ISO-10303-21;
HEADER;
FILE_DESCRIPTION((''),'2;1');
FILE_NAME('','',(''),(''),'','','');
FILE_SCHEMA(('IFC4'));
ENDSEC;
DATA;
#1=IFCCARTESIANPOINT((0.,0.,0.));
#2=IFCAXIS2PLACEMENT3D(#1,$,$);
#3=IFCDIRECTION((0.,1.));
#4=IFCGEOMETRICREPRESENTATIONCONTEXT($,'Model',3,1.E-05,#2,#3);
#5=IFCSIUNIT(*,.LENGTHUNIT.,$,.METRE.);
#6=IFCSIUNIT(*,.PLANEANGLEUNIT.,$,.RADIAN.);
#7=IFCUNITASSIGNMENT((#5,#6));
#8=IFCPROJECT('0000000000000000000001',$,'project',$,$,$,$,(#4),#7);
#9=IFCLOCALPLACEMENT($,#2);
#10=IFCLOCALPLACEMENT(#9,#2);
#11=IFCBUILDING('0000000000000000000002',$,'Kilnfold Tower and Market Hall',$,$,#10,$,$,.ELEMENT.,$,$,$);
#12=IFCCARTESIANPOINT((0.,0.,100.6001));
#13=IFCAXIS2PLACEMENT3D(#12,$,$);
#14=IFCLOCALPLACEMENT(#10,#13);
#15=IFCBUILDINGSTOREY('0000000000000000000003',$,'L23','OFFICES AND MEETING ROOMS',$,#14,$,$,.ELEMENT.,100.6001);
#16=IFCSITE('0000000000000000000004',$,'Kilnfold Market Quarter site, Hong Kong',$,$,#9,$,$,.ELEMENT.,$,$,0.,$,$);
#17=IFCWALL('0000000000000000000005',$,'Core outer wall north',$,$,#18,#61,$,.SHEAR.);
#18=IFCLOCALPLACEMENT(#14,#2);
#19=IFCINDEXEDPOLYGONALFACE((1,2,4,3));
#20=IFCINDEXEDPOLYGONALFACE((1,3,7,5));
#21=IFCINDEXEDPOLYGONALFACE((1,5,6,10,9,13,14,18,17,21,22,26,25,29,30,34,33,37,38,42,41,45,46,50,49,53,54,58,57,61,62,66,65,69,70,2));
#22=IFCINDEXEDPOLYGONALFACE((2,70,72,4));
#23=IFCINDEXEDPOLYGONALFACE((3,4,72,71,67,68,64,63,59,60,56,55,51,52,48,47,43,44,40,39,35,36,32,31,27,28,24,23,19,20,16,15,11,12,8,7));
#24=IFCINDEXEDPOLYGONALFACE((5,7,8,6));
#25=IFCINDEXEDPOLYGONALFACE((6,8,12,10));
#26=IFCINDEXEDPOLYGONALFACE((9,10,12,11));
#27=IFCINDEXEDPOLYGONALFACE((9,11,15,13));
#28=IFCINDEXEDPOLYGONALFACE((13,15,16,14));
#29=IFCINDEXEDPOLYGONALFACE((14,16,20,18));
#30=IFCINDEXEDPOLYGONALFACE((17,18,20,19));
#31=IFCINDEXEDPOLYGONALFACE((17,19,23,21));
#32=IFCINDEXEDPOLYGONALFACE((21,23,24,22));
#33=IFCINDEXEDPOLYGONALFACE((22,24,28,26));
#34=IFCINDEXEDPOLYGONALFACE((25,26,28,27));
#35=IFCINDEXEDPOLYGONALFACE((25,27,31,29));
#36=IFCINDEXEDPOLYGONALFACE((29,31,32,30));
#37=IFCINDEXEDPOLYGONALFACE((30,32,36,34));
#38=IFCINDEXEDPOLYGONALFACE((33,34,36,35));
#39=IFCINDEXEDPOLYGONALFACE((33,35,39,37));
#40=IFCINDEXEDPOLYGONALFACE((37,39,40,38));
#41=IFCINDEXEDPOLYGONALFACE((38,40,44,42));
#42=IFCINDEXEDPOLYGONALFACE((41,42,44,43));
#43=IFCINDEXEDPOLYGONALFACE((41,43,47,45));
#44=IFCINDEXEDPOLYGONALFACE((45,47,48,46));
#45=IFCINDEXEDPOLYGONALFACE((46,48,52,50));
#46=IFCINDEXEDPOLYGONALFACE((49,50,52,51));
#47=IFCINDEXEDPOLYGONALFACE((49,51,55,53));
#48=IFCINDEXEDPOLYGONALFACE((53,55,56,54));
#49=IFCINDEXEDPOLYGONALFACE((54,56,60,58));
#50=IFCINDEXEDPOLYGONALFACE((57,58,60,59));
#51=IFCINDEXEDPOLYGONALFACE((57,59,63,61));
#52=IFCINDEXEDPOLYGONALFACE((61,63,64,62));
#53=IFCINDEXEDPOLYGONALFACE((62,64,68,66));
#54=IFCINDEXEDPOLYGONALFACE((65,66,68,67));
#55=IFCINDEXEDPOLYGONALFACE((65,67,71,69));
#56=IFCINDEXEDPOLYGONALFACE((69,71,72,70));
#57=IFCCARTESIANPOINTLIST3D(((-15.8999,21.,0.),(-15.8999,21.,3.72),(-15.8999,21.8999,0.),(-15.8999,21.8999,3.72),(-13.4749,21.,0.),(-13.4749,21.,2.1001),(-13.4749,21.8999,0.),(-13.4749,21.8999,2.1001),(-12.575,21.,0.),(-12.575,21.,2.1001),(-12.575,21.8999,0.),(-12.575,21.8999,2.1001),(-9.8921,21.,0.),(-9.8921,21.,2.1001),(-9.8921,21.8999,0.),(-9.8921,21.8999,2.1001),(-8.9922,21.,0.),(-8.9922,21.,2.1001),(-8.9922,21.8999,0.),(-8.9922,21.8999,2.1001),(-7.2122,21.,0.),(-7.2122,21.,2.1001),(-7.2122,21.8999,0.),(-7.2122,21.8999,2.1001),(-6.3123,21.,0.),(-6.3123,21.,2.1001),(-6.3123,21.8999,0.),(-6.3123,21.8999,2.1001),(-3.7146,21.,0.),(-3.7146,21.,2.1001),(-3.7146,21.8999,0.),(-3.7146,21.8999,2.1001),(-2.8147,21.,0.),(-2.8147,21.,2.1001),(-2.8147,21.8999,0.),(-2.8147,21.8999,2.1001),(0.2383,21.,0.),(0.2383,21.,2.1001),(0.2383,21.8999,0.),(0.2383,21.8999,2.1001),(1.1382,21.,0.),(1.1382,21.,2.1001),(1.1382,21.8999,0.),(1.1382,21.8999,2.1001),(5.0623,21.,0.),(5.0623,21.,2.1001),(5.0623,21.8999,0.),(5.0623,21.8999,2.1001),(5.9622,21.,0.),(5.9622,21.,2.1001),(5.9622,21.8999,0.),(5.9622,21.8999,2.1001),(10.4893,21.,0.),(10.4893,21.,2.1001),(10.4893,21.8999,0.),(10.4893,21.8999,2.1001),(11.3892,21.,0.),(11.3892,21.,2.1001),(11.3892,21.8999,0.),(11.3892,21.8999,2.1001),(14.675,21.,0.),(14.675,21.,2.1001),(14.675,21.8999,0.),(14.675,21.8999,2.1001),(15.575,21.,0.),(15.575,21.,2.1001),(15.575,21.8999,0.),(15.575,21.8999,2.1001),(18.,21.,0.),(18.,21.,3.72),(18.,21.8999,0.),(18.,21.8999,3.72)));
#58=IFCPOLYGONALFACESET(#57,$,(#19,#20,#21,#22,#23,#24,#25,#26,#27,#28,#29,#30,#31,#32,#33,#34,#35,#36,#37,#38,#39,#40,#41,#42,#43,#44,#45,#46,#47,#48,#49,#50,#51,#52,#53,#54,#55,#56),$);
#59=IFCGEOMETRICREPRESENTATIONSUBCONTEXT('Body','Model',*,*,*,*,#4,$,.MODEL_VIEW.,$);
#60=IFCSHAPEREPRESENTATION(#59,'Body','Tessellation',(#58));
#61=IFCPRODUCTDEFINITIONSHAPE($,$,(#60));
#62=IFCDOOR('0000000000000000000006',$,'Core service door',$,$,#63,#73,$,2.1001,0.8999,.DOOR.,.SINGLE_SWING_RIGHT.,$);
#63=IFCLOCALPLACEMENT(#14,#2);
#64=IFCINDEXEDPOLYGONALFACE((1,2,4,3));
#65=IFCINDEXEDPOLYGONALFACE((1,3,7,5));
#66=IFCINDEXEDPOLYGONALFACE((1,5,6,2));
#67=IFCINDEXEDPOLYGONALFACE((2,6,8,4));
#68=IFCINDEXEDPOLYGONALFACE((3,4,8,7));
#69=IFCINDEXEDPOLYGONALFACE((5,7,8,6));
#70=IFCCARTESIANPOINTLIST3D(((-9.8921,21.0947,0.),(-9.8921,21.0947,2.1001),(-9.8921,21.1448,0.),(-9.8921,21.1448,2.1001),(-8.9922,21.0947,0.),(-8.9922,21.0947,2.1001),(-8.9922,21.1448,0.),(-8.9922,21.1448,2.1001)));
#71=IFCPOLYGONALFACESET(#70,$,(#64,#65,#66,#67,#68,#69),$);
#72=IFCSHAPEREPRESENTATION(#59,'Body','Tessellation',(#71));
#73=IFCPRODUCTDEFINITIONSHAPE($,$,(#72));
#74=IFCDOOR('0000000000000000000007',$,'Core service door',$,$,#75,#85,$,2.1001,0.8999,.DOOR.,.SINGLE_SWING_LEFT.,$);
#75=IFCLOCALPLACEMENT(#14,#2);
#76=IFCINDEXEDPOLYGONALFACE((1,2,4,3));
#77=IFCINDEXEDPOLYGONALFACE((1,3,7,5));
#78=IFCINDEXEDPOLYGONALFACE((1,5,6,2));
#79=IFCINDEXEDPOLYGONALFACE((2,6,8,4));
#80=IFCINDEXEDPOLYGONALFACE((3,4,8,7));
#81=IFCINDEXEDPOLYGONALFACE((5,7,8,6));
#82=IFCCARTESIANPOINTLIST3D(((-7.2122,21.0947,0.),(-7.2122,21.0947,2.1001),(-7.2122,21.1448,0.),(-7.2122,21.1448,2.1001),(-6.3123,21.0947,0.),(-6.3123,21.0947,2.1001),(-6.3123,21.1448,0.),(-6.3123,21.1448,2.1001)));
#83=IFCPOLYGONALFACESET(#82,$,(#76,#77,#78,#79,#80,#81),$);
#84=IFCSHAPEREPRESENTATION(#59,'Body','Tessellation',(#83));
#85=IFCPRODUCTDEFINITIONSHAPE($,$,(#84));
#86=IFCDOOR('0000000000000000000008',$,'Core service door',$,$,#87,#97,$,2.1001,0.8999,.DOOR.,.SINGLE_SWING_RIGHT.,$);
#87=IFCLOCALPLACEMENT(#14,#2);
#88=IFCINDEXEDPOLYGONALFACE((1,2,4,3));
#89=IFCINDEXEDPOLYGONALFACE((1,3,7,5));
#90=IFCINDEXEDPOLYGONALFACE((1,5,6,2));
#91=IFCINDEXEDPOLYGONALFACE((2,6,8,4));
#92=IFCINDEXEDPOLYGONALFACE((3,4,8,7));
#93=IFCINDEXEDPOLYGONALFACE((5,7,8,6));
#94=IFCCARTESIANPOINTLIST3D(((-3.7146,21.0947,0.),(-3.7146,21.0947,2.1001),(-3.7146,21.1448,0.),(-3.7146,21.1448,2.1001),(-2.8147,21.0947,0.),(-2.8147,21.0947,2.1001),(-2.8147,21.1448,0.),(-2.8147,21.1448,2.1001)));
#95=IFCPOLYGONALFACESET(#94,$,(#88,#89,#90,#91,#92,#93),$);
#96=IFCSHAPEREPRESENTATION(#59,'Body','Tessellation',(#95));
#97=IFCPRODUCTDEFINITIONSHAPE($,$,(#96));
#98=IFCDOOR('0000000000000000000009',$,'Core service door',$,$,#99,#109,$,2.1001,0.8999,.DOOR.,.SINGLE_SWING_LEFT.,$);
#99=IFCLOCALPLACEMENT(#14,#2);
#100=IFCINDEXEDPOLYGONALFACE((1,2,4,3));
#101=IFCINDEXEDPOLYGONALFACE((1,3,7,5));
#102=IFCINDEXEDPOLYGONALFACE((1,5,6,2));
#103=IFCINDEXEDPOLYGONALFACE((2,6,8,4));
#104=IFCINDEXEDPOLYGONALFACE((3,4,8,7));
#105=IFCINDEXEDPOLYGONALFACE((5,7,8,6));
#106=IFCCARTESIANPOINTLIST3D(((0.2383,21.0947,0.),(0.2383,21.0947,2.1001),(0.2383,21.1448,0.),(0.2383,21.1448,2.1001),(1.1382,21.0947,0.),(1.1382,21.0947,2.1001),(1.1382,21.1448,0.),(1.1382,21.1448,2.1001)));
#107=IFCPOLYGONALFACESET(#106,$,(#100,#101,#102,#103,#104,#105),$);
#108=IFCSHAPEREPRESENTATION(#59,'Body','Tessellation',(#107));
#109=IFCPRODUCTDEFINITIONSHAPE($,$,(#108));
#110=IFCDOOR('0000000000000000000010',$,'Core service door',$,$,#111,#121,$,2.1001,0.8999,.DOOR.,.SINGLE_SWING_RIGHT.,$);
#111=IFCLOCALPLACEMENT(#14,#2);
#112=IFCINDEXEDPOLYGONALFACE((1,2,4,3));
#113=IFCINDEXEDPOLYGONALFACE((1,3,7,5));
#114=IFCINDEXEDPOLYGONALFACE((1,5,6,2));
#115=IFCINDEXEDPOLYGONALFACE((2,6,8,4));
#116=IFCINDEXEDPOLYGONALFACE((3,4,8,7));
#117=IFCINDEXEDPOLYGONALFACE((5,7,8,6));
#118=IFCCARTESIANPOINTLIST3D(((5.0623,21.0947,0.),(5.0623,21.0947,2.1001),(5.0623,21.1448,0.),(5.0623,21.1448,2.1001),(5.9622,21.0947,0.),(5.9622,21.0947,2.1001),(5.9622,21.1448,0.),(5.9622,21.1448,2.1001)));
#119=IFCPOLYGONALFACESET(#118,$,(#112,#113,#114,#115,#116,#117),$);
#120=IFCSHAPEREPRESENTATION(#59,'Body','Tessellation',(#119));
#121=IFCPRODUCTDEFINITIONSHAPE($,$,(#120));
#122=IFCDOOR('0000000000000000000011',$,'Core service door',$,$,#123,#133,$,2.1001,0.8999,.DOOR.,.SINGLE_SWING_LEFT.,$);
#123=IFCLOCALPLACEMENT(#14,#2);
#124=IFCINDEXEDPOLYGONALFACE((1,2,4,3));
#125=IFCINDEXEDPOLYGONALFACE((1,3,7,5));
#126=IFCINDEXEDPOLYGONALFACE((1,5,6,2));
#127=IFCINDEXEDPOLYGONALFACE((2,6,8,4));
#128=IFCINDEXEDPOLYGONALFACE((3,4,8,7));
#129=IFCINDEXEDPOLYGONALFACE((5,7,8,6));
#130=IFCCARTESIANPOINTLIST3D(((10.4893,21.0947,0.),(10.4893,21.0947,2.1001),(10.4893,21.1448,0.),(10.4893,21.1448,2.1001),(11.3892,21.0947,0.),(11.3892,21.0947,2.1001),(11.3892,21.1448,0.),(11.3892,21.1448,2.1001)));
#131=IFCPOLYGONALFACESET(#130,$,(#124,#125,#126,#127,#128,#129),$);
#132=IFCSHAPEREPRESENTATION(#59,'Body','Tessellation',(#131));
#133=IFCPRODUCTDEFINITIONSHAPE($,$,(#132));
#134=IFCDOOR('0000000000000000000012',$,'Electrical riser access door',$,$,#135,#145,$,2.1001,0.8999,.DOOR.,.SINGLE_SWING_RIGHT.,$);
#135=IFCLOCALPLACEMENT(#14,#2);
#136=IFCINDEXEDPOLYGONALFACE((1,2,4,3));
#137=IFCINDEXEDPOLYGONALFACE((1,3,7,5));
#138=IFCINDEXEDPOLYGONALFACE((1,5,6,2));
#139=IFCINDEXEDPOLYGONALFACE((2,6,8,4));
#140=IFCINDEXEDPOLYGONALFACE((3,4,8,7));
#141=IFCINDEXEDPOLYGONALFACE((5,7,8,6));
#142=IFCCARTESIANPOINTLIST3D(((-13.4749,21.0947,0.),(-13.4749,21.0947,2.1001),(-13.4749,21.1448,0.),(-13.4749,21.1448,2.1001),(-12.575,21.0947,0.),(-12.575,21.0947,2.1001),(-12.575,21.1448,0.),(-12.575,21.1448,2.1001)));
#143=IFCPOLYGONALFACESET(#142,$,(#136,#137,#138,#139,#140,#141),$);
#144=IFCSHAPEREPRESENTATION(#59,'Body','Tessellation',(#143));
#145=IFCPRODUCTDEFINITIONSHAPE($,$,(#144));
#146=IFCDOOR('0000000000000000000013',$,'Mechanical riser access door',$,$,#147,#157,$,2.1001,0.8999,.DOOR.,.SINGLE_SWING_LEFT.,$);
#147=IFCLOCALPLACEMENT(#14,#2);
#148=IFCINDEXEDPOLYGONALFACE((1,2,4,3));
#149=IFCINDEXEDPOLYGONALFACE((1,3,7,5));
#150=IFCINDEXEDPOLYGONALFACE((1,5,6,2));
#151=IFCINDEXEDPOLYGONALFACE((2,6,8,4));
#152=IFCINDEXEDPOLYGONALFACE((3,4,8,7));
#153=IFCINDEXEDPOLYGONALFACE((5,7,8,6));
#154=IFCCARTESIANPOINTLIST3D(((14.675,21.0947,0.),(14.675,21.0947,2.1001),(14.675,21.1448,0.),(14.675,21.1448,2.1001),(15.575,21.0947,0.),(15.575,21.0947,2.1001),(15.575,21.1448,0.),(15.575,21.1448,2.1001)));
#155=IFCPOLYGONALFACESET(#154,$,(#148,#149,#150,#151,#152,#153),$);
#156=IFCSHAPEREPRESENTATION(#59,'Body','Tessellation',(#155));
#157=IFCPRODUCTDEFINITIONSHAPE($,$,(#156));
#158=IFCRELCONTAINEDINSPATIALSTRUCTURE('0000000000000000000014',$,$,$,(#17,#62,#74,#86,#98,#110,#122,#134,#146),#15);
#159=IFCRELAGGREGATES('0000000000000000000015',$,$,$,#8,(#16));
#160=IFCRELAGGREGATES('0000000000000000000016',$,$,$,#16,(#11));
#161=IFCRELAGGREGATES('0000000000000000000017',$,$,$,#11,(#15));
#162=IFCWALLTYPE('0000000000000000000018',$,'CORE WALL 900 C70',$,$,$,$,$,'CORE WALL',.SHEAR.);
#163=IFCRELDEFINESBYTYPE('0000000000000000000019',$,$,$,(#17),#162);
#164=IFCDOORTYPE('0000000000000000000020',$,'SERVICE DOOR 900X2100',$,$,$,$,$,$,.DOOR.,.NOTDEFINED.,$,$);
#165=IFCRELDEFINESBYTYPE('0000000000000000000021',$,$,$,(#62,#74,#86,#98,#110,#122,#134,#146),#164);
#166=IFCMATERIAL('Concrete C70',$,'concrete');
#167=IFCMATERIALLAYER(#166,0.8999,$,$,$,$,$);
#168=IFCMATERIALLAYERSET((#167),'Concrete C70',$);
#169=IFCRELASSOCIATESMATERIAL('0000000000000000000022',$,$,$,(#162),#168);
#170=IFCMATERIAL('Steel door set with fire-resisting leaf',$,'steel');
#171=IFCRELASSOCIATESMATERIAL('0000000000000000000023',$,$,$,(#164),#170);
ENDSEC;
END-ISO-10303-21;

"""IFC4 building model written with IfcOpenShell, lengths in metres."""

from ifc_helpers import new_model, si_unit, direction, frame, frame_2d, origin, place, context, subcontext, project, spatial, rectangle, extrude, source, transform, mapped, material, layer, layer_set, type_object, element, fill, save


model = new_model("IFC4")

# Units and contexts
model_context = context("Model", 3, precision=1e-05, world=origin(), true_north=direction((0.0, 1.0)))
body_context = subcontext(model_context, "Body", "Model", "MODEL_VIEW")
ifc_project = project(units=[si_unit("LENGTHUNIT", "METRE"), si_unit("PLANEANGLEUNIT", "RADIAN")], contexts=[model_context])

# Site, building, storey
site_placement = place(None, origin())
site = spatial("IfcSite", under=ifc_project, at=site_placement, Name="Kilnfold Market Quarter site, Hong Kong", CompositionType="ELEMENT", RefElevation=0.0)
building_placement = place(site_placement, origin())
building = spatial("IfcBuilding", under=site, at=building_placement, Name="Kilnfold Tower and Market Hall", CompositionType="ELEMENT")
storey_placement = place(building_placement, frame((0.0, 0.0, 100.6001)))
storey = spatial("IfcBuildingStorey", under=building, at=storey_placement, Name="L23", Description="OFFICES AND MEETING ROOMS", CompositionType="ELEMENT", Elevation=100.6001)

# Wall, openings, doors
ifc_material_1 = material(Name="Concrete C70", Category="concrete")
ifc_layer_1 = layer(ifc_material_1, 0.8999)
ifc_layer_set_1 = layer_set([ifc_layer_1], Name="Concrete C70")
wall_type_1 = type_object("IfcWallType", Name="CORE WALL 900 C70", ElementType="CORE WALL", PredefinedType="SHEAR", material=ifc_layer_set_1)
shared_shape_1 = source(origin(), body_context, "Body", "SweptSolid", [
    extrude(rectangle(XDim=33.8999, YDim=0.8999, at=frame_2d((16.95, 0.0))), origin(), (0.0, 0.0, 1.0), 3.72),
])
wall_1_placement = place(storey_placement, frame((-15.8999, 21.45, 0.0), z_axis=(0.0, 0.0, 1.0), x_axis=(1.0, 0.0, 0.0)))
wall_1 = element("IfcWall", 1, at=wall_1_placement, inside=storey, type_object=wall_type_1, Name="Core outer wall north", PredefinedType="SHEAR", context=body_context, shape_type="MappedRepresentation", body=[
    mapped(shared_shape_1, transform((0.0, 0.0, 0.0))),
])
opening_1_placement = place(wall_1_placement, frame((6.0078, 0.0, 0.0)))
opening_1 = element("IfcOpeningElement", 2, at=opening_1_placement, cuts=wall_1, PredefinedType="OPENING", context=body_context, shape_type="SweptSolid", body=[
    extrude(rectangle(XDim=0.8999, YDim=2.1001, at=frame_2d((0.45, 1.05))), frame((0.0, 0.46, 0.0), z_axis=(0.0, -1.0, 0.0), x_axis=(1.0, 0.0, 0.0)), (0.0, 0.0, 1.0), 0.9199),
])
opening_2_placement = place(wall_1_placement, frame((8.6877, 0.0, 0.0)))
opening_2 = element("IfcOpeningElement", 3, at=opening_2_placement, cuts=wall_1, PredefinedType="OPENING", context=body_context, shape_type="SweptSolid", body=[
    extrude(rectangle(XDim=0.8999, YDim=2.1001, at=frame_2d((0.45, 1.05))), frame((0.0, 0.46, 0.0), z_axis=(0.0, -1.0, 0.0), x_axis=(1.0, 0.0, 0.0)), (0.0, 0.0, 1.0), 0.9199),
])
opening_3_placement = place(wall_1_placement, frame((12.1853, 0.0, 0.0)))
opening_3 = element("IfcOpeningElement", 4, at=opening_3_placement, cuts=wall_1, PredefinedType="OPENING", context=body_context, shape_type="SweptSolid", body=[
    extrude(rectangle(XDim=0.8999, YDim=2.1001, at=frame_2d((0.45, 1.05))), frame((0.0, 0.46, 0.0), z_axis=(0.0, -1.0, 0.0), x_axis=(1.0, 0.0, 0.0)), (0.0, 0.0, 1.0), 0.9199),
])
opening_4_placement = place(wall_1_placement, frame((16.1382, 0.0, 0.0)))
opening_4 = element("IfcOpeningElement", 5, at=opening_4_placement, cuts=wall_1, PredefinedType="OPENING", context=body_context, shape_type="SweptSolid", body=[
    extrude(rectangle(XDim=0.8999, YDim=2.1001, at=frame_2d((0.45, 1.05))), frame((0.0, 0.46, 0.0), z_axis=(0.0, -1.0, 0.0), x_axis=(1.0, 0.0, 0.0)), (0.0, 0.0, 1.0), 0.9199),
])
opening_5_placement = place(wall_1_placement, frame((20.9622, 0.0, 0.0)))
opening_5 = element("IfcOpeningElement", 6, at=opening_5_placement, cuts=wall_1, PredefinedType="OPENING", context=body_context, shape_type="SweptSolid", body=[
    extrude(rectangle(XDim=0.8999, YDim=2.1001, at=frame_2d((0.45, 1.05))), frame((0.0, 0.46, 0.0), z_axis=(0.0, -1.0, 0.0), x_axis=(1.0, 0.0, 0.0)), (0.0, 0.0, 1.0), 0.9199),
])
opening_6_placement = place(wall_1_placement, frame((26.3892, 0.0, 0.0)))
opening_6 = element("IfcOpeningElement", 7, at=opening_6_placement, cuts=wall_1, PredefinedType="OPENING", context=body_context, shape_type="SweptSolid", body=[
    extrude(rectangle(XDim=0.8999, YDim=2.1001, at=frame_2d((0.45, 1.05))), frame((0.0, 0.46, 0.0), z_axis=(0.0, -1.0, 0.0), x_axis=(1.0, 0.0, 0.0)), (0.0, 0.0, 1.0), 0.9199),
])
opening_7_placement = place(wall_1_placement, frame((2.425, 0.0, 0.0)))
opening_7 = element("IfcOpeningElement", 8, at=opening_7_placement, cuts=wall_1, PredefinedType="OPENING", context=body_context, shape_type="SweptSolid", body=[
    extrude(rectangle(XDim=0.8999, YDim=2.1001, at=frame_2d((0.45, 1.05))), frame((0.0, 0.46, 0.0), z_axis=(0.0, -1.0, 0.0), x_axis=(1.0, 0.0, 0.0)), (0.0, 0.0, 1.0), 0.9199),
])
opening_8_placement = place(wall_1_placement, frame((30.575, 0.0, 0.0)))
opening_8 = element("IfcOpeningElement", 9, at=opening_8_placement, cuts=wall_1, PredefinedType="OPENING", context=body_context, shape_type="SweptSolid", body=[
    extrude(rectangle(XDim=0.8999, YDim=2.1001, at=frame_2d((0.45, 1.05))), frame((0.0, 0.46, 0.0), z_axis=(0.0, -1.0, 0.0), x_axis=(1.0, 0.0, 0.0)), (0.0, 0.0, 1.0), 0.9199),
])
ifc_material_2 = material(Name="Steel door set with fire-resisting leaf", Category="steel")
door_type = type_object("IfcDoorType", Name="SERVICE DOOR 900X2100", OperationType="NOTDEFINED", PredefinedType="DOOR", material=ifc_material_2)
door_1_placement = place(opening_1_placement, origin())
door_1 = element("IfcDoor", 10, at=door_1_placement, inside=storey, type_object=door_type, Name="Core service door", OperationType="SINGLE_SWING_RIGHT", OverallHeight=2.1001, OverallWidth=0.8999, PredefinedType="DOOR", context=body_context, shape_type="SweptSolid", body=[
    extrude(rectangle(XDim=0.8999, YDim=2.1001, at=frame_2d((0.45, 1.05))), frame((0.0, -0.3052, 0.0), z_axis=(0.0, -1.0, 0.0), x_axis=(1.0, 0.0, 0.0)), (0.0, 0.0, 1.0), 0.05),
])
fill(opening_1, door_1)
door_2_placement = place(opening_2_placement, origin())
door_2 = element("IfcDoor", 11, at=door_2_placement, inside=storey, type_object=door_type, Name="Core service door", OperationType="SINGLE_SWING_LEFT", OverallHeight=2.1001, OverallWidth=0.8999, PredefinedType="DOOR", context=body_context, shape_type="SweptSolid", body=[
    extrude(rectangle(XDim=0.8999, YDim=2.1001, at=frame_2d((0.45, 1.05))), frame((0.0, -0.3052, 0.0), z_axis=(0.0, -1.0, 0.0), x_axis=(1.0, 0.0, 0.0)), (0.0, 0.0, 1.0), 0.05),
])
fill(opening_2, door_2)
door_3_placement = place(opening_3_placement, origin())
door_3 = element("IfcDoor", 12, at=door_3_placement, inside=storey, type_object=door_type, Name="Core service door", OperationType="SINGLE_SWING_RIGHT", OverallHeight=2.1001, OverallWidth=0.8999, PredefinedType="DOOR", context=body_context, shape_type="SweptSolid", body=[
    extrude(rectangle(XDim=0.8999, YDim=2.1001, at=frame_2d((0.45, 1.05))), frame((0.0, -0.3052, 0.0), z_axis=(0.0, -1.0, 0.0), x_axis=(1.0, 0.0, 0.0)), (0.0, 0.0, 1.0), 0.05),
])
fill(opening_3, door_3)
door_4_placement = place(opening_4_placement, origin())
door_4 = element("IfcDoor", 13, at=door_4_placement, inside=storey, type_object=door_type, Name="Core service door", OperationType="SINGLE_SWING_LEFT", OverallHeight=2.1001, OverallWidth=0.8999, PredefinedType="DOOR", context=body_context, shape_type="SweptSolid", body=[
    extrude(rectangle(XDim=0.8999, YDim=2.1001, at=frame_2d((0.45, 1.05))), frame((0.0, -0.3052, 0.0), z_axis=(0.0, -1.0, 0.0), x_axis=(1.0, 0.0, 0.0)), (0.0, 0.0, 1.0), 0.05),
])
fill(opening_4, door_4)
door_5_placement = place(opening_5_placement, origin())
door_5 = element("IfcDoor", 14, at=door_5_placement, inside=storey, type_object=door_type, Name="Core service door", OperationType="SINGLE_SWING_RIGHT", OverallHeight=2.1001, OverallWidth=0.8999, PredefinedType="DOOR", context=body_context, shape_type="SweptSolid", body=[
    extrude(rectangle(XDim=0.8999, YDim=2.1001, at=frame_2d((0.45, 1.05))), frame((0.0, -0.3052, 0.0), z_axis=(0.0, -1.0, 0.0), x_axis=(1.0, 0.0, 0.0)), (0.0, 0.0, 1.0), 0.05),
])
fill(opening_5, door_5)
door_6_placement = place(opening_6_placement, origin())
door_6 = element("IfcDoor", 15, at=door_6_placement, inside=storey, type_object=door_type, Name="Core service door", OperationType="SINGLE_SWING_LEFT", OverallHeight=2.1001, OverallWidth=0.8999, PredefinedType="DOOR", context=body_context, shape_type="SweptSolid", body=[
    extrude(rectangle(XDim=0.8999, YDim=2.1001, at=frame_2d((0.45, 1.05))), frame((0.0, -0.3052, 0.0), z_axis=(0.0, -1.0, 0.0), x_axis=(1.0, 0.0, 0.0)), (0.0, 0.0, 1.0), 0.05),
])
fill(opening_6, door_6)
door_7_placement = place(opening_7_placement, origin())
door_7 = element("IfcDoor", 16, at=door_7_placement, inside=storey, type_object=door_type, Name="Electrical riser access door", OperationType="SINGLE_SWING_RIGHT", OverallHeight=2.1001, OverallWidth=0.8999, PredefinedType="DOOR", context=body_context, shape_type="SweptSolid", body=[
    extrude(rectangle(XDim=0.8999, YDim=2.1001, at=frame_2d((0.45, 1.05))), frame((0.0, -0.3052, 0.0), z_axis=(0.0, -1.0, 0.0), x_axis=(1.0, 0.0, 0.0)), (0.0, 0.0, 1.0), 0.05),
])
fill(opening_7, door_7)
door_8_placement = place(opening_8_placement, origin())
door_8 = element("IfcDoor", 17, at=door_8_placement, inside=storey, type_object=door_type, Name="Mechanical riser access door", OperationType="SINGLE_SWING_LEFT", OverallHeight=2.1001, OverallWidth=0.8999, PredefinedType="DOOR", context=body_context, shape_type="SweptSolid", body=[
    extrude(rectangle(XDim=0.8999, YDim=2.1001, at=frame_2d((0.45, 1.05))), frame((0.0, -0.3052, 0.0), z_axis=(0.0, -1.0, 0.0), x_axis=(1.0, 0.0, 0.0)), (0.0, 0.0, 1.0), 0.05),
])
fill(opening_8, door_8)

save(model, "model.ifc")
